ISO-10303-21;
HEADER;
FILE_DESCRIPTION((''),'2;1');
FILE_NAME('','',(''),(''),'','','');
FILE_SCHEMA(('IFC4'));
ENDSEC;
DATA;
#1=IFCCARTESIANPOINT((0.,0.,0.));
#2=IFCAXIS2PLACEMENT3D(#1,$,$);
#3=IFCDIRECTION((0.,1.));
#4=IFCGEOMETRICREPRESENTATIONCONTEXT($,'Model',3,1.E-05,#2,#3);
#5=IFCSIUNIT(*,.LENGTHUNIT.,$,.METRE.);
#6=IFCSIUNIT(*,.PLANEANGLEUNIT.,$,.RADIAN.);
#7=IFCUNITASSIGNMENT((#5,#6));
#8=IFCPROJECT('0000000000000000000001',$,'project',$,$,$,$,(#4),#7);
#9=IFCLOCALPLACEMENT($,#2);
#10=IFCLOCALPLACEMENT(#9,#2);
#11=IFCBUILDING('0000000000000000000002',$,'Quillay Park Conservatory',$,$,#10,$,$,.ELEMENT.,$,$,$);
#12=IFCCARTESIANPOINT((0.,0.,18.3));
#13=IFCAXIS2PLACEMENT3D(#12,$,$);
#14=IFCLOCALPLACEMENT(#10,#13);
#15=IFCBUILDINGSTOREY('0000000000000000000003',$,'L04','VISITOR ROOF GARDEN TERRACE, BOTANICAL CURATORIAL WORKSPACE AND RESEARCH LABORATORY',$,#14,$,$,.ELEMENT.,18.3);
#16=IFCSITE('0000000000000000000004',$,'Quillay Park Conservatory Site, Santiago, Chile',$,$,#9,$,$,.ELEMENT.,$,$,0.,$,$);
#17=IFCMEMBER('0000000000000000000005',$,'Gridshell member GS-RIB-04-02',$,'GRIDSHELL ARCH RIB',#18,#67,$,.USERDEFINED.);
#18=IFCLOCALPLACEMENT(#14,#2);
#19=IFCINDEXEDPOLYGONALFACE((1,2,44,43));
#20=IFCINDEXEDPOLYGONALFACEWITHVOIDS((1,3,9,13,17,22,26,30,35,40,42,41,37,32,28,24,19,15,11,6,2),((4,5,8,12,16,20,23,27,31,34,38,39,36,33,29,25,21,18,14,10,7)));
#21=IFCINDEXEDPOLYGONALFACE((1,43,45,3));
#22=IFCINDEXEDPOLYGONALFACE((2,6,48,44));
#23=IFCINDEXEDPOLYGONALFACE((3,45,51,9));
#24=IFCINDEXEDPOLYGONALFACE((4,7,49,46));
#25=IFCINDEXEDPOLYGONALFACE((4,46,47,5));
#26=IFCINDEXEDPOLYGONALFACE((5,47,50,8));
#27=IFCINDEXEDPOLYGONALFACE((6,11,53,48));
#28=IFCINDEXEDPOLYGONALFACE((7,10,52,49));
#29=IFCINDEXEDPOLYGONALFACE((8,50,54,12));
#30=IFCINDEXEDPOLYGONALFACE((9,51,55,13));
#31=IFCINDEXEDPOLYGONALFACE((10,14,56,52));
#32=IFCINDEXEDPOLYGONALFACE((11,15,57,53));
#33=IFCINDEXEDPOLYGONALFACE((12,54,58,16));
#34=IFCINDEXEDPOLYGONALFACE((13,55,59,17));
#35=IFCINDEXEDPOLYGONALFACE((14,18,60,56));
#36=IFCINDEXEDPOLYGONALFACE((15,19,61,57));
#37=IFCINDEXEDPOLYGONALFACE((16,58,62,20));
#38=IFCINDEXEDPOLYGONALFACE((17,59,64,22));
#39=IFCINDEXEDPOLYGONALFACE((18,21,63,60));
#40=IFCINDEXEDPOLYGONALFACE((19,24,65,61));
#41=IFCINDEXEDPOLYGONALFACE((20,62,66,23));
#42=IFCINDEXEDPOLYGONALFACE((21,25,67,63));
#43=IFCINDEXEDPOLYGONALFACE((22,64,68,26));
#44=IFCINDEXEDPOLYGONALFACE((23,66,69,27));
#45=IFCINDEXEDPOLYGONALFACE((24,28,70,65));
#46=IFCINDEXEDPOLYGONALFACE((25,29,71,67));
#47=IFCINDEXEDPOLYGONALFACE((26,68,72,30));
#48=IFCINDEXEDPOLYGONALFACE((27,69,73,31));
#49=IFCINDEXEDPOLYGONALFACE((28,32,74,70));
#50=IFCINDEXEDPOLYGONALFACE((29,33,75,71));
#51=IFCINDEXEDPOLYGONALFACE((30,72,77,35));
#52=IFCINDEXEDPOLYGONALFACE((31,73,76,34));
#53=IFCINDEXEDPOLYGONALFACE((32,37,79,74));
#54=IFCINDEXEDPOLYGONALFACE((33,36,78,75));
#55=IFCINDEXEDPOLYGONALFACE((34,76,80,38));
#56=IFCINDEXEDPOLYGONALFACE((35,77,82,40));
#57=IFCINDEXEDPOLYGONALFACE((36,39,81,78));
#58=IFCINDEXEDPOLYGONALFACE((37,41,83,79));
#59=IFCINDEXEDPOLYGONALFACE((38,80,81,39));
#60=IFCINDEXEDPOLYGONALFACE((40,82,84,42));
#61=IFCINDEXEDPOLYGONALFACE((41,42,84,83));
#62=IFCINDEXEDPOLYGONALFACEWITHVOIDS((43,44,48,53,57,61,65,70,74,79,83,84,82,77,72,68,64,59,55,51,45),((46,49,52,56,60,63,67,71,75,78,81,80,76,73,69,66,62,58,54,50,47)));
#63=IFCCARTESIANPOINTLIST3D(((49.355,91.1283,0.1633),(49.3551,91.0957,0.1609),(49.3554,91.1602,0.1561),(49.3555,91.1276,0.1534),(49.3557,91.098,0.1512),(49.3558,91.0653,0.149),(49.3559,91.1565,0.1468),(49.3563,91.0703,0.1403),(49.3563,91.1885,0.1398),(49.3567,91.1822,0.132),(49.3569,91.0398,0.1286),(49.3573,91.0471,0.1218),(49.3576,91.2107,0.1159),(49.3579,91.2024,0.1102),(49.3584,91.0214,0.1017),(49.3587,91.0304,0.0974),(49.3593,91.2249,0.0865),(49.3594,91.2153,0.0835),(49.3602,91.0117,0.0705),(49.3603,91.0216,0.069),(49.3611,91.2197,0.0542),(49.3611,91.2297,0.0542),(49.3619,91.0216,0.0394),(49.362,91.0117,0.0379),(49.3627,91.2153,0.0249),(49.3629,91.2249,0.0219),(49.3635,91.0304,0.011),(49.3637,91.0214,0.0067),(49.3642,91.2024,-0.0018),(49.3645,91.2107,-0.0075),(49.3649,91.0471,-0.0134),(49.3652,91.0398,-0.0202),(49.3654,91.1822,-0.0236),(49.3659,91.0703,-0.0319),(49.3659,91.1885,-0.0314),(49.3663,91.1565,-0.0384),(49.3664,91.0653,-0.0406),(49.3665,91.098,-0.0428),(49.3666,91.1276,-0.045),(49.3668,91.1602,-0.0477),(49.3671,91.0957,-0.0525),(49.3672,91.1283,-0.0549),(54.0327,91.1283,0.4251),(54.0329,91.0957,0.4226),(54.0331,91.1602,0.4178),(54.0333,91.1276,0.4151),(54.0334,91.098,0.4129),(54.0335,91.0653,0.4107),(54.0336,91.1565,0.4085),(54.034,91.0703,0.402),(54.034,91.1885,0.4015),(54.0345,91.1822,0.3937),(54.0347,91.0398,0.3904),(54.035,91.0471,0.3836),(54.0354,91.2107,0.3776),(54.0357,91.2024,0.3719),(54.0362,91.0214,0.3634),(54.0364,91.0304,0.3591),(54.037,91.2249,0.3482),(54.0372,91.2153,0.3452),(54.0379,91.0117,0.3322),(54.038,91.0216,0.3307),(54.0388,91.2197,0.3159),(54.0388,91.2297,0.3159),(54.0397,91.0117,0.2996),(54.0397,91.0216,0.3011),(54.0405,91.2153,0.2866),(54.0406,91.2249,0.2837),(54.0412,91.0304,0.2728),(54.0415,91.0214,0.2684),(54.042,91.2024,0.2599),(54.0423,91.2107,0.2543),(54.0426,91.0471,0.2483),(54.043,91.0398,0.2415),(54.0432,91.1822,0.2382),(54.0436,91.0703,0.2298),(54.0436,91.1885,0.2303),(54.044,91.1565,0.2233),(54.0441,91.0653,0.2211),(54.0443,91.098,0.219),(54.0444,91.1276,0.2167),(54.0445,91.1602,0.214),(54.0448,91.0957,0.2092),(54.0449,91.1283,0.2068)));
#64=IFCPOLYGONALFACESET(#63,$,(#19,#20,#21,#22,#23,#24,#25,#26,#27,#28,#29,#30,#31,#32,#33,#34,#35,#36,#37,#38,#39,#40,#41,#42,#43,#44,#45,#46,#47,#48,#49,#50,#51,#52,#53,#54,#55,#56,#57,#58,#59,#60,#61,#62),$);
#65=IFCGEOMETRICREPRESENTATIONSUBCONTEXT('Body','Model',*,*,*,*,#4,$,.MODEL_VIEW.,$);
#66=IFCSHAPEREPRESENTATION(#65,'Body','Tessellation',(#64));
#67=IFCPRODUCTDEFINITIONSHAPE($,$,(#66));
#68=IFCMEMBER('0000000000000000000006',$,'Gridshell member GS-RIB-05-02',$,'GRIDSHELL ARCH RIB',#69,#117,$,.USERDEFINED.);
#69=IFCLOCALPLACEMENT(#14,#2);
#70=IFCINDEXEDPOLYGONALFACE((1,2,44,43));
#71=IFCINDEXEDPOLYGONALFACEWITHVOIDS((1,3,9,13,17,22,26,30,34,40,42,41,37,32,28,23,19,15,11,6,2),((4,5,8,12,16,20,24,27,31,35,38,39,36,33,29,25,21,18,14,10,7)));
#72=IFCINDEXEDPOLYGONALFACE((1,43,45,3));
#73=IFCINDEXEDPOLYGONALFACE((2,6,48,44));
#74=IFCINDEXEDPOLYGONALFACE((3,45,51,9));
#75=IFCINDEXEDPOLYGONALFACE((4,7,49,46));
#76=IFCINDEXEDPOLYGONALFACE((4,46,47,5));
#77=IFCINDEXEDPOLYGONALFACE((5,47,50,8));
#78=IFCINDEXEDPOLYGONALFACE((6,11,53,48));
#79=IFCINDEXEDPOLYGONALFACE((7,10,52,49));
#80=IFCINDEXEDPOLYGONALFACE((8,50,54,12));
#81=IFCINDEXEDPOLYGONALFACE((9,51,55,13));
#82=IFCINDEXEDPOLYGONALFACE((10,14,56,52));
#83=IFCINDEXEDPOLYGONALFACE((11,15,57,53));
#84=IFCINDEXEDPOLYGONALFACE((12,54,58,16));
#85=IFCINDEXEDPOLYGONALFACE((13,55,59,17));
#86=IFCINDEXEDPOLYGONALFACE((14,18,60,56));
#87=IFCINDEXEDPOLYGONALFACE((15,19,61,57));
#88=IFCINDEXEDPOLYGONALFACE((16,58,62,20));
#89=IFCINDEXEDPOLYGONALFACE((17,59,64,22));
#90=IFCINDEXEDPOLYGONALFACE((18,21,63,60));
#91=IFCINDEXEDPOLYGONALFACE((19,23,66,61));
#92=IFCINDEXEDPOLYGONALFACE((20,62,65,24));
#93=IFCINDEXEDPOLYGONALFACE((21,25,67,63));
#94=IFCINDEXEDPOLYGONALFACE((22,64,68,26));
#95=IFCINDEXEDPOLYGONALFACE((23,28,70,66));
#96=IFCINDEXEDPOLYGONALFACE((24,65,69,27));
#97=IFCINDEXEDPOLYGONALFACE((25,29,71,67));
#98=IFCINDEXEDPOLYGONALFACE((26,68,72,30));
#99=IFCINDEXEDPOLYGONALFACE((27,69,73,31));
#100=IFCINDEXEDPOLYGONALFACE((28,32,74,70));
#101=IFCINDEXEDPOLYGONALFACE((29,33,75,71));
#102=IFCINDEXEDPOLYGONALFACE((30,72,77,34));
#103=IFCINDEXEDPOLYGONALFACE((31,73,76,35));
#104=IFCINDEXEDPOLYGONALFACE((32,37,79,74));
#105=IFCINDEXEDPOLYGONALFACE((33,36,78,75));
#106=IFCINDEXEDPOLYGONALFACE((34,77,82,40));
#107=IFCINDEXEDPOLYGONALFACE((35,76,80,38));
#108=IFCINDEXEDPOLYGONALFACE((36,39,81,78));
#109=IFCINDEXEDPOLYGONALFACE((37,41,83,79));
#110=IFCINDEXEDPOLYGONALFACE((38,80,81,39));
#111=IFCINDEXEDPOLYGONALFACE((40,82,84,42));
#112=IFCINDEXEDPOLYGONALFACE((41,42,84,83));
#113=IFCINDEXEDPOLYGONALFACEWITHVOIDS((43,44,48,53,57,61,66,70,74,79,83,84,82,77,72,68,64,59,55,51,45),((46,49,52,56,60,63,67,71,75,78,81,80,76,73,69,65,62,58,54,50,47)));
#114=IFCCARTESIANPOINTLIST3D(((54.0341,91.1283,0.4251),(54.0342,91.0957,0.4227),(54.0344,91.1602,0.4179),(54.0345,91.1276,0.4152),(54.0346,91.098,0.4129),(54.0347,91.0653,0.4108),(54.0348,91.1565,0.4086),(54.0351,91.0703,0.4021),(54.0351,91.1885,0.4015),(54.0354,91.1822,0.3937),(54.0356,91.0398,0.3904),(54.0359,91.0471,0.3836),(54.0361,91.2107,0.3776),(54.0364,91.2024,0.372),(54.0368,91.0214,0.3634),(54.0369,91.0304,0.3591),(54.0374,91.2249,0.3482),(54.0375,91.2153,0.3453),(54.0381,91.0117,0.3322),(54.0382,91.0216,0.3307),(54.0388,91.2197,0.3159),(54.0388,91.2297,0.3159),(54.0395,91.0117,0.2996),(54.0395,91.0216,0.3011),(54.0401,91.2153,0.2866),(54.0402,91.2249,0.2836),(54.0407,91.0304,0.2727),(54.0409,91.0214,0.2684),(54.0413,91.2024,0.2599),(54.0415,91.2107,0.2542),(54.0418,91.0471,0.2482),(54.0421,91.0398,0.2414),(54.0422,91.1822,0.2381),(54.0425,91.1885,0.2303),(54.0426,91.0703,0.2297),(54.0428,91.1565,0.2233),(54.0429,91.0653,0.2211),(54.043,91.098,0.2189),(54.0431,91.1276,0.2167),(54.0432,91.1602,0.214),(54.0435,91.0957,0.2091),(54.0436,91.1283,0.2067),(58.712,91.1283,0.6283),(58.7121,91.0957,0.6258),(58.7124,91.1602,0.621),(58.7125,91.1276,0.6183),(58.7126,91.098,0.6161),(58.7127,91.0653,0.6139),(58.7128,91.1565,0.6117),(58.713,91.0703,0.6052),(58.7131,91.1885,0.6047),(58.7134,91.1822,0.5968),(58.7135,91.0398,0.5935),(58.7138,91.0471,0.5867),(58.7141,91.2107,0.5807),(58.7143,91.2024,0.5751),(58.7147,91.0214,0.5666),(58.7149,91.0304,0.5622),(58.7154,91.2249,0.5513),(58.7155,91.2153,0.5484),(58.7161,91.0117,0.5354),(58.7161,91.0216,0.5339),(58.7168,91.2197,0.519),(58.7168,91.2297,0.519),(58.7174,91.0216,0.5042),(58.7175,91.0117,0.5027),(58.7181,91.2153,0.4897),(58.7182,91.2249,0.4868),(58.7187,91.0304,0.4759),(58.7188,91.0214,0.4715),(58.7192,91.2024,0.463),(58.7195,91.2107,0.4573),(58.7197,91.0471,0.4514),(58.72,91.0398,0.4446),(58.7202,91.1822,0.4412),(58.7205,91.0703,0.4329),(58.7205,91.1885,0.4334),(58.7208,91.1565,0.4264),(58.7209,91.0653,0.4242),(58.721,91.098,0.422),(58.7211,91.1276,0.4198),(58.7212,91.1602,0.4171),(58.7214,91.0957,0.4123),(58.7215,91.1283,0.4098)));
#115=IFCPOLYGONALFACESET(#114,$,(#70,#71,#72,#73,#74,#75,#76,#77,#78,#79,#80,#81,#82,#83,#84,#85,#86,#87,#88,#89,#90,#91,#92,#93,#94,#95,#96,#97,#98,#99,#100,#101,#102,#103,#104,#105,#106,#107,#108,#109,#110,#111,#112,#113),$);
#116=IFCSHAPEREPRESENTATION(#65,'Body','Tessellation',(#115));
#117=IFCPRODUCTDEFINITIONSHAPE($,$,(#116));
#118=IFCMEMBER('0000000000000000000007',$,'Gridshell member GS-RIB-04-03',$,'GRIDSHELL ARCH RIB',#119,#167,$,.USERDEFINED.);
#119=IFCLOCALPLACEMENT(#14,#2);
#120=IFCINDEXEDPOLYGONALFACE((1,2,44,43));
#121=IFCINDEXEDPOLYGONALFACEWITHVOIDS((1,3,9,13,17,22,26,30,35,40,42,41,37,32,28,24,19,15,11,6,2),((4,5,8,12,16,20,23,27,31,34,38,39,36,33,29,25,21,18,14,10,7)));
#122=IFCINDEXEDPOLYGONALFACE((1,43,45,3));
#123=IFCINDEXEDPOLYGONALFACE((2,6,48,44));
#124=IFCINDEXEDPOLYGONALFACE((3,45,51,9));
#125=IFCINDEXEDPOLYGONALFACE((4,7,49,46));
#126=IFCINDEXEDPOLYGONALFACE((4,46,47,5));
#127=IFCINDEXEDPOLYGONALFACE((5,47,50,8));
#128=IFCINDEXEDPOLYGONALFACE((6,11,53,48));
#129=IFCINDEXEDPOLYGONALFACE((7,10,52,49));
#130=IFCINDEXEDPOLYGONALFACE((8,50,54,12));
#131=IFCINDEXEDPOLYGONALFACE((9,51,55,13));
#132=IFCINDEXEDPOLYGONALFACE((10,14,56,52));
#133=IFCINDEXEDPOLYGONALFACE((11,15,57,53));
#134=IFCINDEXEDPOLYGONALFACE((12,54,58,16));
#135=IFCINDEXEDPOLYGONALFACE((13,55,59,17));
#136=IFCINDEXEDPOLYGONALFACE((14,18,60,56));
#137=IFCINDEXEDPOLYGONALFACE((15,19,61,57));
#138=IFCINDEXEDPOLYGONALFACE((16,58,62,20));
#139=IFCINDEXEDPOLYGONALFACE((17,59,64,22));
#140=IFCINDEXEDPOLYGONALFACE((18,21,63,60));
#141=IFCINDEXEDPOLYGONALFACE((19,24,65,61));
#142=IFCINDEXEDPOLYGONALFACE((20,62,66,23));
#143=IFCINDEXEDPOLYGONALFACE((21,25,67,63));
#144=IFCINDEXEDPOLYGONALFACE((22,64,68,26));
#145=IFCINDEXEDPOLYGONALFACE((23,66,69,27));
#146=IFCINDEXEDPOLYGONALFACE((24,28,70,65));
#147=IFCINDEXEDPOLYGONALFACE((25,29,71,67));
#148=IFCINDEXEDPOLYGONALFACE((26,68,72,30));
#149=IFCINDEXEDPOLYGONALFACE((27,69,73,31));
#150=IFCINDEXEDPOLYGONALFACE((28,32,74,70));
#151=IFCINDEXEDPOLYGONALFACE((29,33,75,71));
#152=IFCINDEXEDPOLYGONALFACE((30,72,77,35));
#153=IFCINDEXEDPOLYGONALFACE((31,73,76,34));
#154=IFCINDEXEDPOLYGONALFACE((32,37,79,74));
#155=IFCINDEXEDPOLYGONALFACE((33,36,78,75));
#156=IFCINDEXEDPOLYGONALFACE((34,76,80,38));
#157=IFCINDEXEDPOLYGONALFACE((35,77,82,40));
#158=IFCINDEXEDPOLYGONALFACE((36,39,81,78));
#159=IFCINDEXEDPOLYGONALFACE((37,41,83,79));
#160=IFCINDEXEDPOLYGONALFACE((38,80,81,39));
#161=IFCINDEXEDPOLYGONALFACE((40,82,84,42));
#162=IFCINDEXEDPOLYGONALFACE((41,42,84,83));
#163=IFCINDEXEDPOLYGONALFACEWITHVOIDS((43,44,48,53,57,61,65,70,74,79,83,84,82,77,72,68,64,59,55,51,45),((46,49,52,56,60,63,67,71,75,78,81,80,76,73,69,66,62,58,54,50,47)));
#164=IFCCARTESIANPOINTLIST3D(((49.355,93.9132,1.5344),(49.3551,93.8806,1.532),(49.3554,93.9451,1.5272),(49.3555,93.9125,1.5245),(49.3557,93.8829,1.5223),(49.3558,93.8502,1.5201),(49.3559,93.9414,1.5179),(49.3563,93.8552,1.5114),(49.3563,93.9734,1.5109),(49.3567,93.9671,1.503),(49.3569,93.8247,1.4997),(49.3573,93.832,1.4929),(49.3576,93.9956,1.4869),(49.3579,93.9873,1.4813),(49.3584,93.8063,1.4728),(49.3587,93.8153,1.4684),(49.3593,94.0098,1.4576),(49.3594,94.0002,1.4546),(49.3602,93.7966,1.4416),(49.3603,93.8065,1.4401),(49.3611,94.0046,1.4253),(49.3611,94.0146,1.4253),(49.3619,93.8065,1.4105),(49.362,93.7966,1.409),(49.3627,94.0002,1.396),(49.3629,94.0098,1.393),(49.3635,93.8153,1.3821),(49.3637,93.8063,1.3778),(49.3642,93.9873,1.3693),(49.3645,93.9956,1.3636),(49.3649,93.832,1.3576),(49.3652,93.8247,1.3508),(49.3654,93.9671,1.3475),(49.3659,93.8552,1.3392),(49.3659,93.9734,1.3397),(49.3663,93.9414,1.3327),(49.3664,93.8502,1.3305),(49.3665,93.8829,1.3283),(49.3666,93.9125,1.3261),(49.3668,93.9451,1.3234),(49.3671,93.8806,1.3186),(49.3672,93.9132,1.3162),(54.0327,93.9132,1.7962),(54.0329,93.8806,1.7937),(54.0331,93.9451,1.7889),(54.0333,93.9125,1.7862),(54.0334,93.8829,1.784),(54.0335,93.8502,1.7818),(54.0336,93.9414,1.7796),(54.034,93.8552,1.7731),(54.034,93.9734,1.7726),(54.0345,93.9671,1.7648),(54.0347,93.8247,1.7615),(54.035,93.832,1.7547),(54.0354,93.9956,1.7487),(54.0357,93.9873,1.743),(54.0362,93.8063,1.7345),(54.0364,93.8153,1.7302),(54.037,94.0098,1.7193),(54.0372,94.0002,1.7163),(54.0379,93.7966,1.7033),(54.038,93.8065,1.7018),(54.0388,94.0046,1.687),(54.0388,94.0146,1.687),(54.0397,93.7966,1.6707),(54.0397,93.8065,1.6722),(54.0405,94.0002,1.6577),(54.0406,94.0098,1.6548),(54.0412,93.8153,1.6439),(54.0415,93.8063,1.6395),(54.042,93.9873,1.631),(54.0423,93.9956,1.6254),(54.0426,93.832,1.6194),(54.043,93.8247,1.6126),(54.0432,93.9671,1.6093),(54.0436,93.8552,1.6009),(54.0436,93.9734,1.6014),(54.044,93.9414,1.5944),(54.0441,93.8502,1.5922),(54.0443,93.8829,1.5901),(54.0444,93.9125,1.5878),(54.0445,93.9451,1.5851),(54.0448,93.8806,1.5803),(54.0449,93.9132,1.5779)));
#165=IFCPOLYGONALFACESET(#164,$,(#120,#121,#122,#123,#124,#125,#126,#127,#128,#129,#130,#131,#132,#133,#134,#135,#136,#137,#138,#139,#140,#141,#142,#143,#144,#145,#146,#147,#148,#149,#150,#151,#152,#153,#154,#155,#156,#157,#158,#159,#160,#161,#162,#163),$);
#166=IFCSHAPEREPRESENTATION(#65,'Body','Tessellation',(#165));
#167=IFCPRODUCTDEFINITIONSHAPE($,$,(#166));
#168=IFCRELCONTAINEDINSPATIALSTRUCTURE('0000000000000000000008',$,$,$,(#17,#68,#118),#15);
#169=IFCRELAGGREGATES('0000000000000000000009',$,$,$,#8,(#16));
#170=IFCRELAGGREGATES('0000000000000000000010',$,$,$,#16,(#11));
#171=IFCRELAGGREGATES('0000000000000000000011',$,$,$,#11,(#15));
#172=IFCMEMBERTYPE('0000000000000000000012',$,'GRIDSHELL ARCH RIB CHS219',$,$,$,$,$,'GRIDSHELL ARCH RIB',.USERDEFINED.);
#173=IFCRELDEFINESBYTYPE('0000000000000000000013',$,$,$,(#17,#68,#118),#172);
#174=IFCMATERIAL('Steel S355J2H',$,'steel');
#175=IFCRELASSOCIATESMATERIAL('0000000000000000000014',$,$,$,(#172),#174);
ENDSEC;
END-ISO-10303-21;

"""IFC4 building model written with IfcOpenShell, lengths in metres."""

from ifc_helpers import new_model, si_unit, direction, frame, origin, origin_2d, place, context, subcontext, project, spatial, hollow_circle, extrude, material, material_profile, profile_set, type_object, element, save


model = new_model("IFC4")

# Units and contexts
model_context = context("Model", 3, precision=1e-05, world=origin(), true_north=direction((0.0, 1.0)))
body_context = subcontext(model_context, "Body", "Model", "MODEL_VIEW")
ifc_project = project(units=[si_unit("LENGTHUNIT", "METRE"), si_unit("PLANEANGLEUNIT", "RADIAN")], contexts=[model_context])

# Site, building, storey
site_placement = place(None, origin())
site = spatial("IfcSite", under=ifc_project, at=site_placement, Name="Quillay Park Conservatory Site, Santiago, Chile", CompositionType="ELEMENT", RefElevation=0.0)
building_placement = place(site_placement, origin())
building = spatial("IfcBuilding", under=site, at=building_placement, Name="Quillay Park Conservatory", CompositionType="ELEMENT")
storey_placement = place(building_placement, frame((0.0, 0.0, 18.3)))
storey = spatial("IfcBuildingStorey", under=building, at=storey_placement, Name="L04", Description="VISITOR ROOF GARDEN TERRACE, BOTANICAL CURATORIAL WORKSPACE AND RESEARCH LABORATORY", CompositionType="ELEMENT", Elevation=18.3)

# Members
ifc_material_1 = material(Name="Steel S355J2H", Category="steel")
ifc_material_profile_1 = material_profile(ifc_material_1, hollow_circle(Radius=0.1096, WallThickness=0.01, at=origin_2d()), Name="CHS219.1x10")
ifc_profile_set_1 = profile_set([ifc_material_profile_1], Name="Steel S355J2H")
member_type = type_object("IfcMemberType", Name="GRIDSHELL ARCH RIB CHS219", ElementType="GRIDSHELL ARCH RIB", PredefinedType="USERDEFINED", material=ifc_profile_set_1)
member_1_placement = place(storey_placement, frame((49.3611, 91.1201, 0.0542), z_axis=(0.998438, 0.0, 0.055863), x_axis=(0.0, 1.0, 0.0)))
element("IfcMember", 1, at=member_1_placement, inside=storey, type_object=member_type, Name="Gridshell member GS-RIB-04-02", ObjectType="GRIDSHELL ARCH RIB", PredefinedType="USERDEFINED", context=body_context, shape_type="SweptSolid", body=[
    extrude(hollow_circle(Radius=0.1096, WallThickness=0.01, at=origin_2d()), origin(), (0.0, 0.0, 1.0), 4.6851),
])
member_2_placement = place(storey_placement, frame((54.0388, 91.1201, 0.3159), z_axis=(0.999059, 0.0, 0.043381), x_axis=(0.0, 1.0, 0.0)))
element("IfcMember", 2, at=member_2_placement, inside=storey, type_object=member_type, Name="Gridshell member GS-RIB-05-02", ObjectType="GRIDSHELL ARCH RIB", PredefinedType="USERDEFINED", context=body_context, shape_type="SweptSolid", body=[
    extrude(hollow_circle(Radius=0.1096, WallThickness=0.01, at=origin_2d()), origin(), (0.0, 0.0, 1.0), 4.6824),
])
member_3_placement = place(storey_placement, frame((49.3611, 93.905, 1.4253), z_axis=(0.998438, 0.0, 0.055863), x_axis=(0.0, 1.0, 0.0)))
element("IfcMember", 3, at=member_3_placement, inside=storey, type_object=member_type, Name="Gridshell member GS-RIB-04-03", ObjectType="GRIDSHELL ARCH RIB", PredefinedType="USERDEFINED", context=body_context, shape_type="SweptSolid", body=[
    extrude(hollow_circle(Radius=0.1096, WallThickness=0.01, at=origin_2d()), origin(), (0.0, 0.0, 1.0), 4.6851),
])

save(model, "model.ifc")
